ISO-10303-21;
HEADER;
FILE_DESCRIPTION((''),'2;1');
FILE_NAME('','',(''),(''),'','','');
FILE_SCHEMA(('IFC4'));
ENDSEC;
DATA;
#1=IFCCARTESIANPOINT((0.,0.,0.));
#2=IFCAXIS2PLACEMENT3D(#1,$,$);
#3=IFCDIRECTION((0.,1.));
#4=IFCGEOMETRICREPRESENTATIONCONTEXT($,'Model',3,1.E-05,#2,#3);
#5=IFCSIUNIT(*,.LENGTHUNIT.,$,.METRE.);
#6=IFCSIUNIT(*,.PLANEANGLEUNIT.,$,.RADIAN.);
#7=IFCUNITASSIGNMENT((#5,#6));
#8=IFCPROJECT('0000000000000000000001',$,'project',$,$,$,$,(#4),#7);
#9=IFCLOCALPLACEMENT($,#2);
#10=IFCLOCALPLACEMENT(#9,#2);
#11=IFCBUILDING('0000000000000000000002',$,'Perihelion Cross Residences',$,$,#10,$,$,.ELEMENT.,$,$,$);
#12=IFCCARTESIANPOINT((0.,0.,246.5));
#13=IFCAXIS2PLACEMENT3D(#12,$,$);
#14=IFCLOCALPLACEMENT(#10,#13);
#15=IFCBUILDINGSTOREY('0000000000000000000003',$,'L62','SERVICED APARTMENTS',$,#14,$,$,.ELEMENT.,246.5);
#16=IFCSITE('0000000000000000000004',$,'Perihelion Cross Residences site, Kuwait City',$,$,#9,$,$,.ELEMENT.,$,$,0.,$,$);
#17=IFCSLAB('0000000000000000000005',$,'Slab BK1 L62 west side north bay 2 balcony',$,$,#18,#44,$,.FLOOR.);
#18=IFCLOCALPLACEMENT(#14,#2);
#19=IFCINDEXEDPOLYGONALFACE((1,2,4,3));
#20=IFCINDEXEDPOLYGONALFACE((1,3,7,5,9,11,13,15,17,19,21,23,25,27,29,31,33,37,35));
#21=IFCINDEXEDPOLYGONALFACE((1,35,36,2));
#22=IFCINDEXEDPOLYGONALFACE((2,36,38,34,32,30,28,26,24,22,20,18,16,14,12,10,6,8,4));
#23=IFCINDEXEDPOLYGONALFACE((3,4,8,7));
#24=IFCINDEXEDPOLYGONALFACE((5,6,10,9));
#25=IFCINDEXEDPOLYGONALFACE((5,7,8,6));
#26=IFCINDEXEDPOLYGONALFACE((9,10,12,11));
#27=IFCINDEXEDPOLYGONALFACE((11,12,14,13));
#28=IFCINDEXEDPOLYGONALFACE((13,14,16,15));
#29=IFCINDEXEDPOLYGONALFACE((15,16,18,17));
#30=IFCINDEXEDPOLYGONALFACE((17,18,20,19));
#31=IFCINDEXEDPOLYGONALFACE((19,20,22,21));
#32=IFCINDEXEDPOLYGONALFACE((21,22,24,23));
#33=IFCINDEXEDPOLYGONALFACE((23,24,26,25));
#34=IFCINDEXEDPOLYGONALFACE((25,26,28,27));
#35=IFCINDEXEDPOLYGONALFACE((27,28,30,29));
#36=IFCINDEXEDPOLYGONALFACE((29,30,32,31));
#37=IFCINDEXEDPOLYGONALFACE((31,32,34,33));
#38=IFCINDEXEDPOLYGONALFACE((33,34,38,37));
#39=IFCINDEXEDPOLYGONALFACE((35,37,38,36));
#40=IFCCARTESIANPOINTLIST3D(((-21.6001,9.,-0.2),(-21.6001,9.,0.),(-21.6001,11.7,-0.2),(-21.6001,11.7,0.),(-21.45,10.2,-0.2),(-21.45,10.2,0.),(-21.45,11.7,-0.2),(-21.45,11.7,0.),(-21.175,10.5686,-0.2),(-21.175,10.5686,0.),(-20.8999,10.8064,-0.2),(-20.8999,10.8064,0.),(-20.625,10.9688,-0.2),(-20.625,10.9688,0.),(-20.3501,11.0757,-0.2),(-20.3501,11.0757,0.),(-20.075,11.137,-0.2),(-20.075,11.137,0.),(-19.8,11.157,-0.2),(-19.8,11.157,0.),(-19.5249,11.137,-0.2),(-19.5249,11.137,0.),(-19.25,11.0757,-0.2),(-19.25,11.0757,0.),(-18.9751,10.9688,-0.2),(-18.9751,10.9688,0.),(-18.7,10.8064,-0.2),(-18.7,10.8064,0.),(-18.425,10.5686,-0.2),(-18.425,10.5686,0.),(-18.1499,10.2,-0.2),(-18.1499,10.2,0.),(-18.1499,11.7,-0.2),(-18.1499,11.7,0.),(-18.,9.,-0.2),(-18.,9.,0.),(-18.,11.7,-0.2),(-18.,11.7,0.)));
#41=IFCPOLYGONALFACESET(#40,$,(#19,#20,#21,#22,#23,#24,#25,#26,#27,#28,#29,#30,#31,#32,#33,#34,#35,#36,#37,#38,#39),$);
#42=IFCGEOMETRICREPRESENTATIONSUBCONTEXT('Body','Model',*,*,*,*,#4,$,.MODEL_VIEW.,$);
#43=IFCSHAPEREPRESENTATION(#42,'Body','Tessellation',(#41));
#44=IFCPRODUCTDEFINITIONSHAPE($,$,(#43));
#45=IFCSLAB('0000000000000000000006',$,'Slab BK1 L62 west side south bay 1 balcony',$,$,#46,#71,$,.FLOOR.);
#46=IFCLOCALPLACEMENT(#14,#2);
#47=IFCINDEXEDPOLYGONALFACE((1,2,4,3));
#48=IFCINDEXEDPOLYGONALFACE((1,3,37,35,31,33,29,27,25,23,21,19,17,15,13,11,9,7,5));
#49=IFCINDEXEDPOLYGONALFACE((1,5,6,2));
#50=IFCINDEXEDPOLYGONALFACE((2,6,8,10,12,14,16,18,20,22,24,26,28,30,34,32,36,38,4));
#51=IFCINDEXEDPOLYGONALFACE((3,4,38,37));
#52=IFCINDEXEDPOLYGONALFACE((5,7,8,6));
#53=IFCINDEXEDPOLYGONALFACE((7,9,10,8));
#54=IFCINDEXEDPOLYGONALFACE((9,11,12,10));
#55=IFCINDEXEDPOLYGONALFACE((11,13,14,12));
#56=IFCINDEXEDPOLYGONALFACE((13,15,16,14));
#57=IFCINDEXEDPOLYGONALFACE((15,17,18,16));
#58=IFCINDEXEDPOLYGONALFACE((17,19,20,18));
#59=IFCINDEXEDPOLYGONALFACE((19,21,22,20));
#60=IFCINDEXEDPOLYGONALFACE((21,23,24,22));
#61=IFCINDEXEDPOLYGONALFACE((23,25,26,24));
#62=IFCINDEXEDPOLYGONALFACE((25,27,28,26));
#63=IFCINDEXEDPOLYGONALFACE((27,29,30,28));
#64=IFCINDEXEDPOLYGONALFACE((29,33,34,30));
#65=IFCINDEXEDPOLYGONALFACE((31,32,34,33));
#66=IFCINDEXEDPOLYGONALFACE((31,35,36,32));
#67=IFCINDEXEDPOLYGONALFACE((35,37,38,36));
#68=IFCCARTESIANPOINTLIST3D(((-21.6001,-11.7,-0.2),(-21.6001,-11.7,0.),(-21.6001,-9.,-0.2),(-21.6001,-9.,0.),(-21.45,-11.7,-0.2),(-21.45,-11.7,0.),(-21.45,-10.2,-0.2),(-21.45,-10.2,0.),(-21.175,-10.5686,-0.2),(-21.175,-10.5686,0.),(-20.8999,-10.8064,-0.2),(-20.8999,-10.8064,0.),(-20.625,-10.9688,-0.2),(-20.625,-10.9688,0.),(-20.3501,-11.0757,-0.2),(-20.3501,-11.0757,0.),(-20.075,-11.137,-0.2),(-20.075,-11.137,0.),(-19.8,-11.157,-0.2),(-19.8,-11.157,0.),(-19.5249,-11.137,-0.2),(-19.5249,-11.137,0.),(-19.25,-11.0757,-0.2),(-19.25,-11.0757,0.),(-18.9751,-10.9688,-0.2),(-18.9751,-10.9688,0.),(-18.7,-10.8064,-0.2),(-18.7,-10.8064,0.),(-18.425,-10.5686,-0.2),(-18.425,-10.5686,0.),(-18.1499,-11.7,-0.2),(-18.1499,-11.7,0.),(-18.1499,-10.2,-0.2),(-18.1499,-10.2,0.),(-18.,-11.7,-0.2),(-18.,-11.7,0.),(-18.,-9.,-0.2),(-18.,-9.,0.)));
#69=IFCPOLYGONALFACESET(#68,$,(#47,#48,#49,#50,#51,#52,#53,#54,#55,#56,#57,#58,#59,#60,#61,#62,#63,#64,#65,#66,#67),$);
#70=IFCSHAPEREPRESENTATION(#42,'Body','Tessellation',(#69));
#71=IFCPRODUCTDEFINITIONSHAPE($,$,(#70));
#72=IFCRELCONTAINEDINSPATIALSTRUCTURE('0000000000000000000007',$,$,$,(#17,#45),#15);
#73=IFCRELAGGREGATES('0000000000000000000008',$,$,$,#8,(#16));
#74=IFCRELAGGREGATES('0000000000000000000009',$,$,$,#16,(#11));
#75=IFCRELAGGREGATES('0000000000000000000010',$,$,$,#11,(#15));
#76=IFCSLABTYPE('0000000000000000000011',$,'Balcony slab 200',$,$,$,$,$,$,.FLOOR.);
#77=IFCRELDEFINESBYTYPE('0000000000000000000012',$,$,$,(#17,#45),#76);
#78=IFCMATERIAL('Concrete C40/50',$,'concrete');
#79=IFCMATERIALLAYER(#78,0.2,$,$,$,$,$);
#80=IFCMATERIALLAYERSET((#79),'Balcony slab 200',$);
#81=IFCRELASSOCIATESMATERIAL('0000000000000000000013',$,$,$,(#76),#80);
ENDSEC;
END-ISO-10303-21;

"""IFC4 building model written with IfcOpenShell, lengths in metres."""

from ifc_helpers import new_model, si_unit, direction, frame, origin, place, context, subcontext, project, spatial, polyline, outline, extrude, material, layer, layer_set, type_object, element, save


model = new_model("IFC4")

# Units and contexts
model_context = context("Model", 3, precision=1e-05, world=origin(), true_north=direction((0.0, 1.0)))
body_context = subcontext(model_context, "Body", "Model", "MODEL_VIEW")
ifc_project = project(units=[si_unit("LENGTHUNIT", "METRE"), si_unit("PLANEANGLEUNIT", "RADIAN")], contexts=[model_context])

# Site, building, storey
site_placement = place(None, origin())
site = spatial("IfcSite", under=ifc_project, at=site_placement, Name="Perihelion Cross Residences site, Kuwait City", CompositionType="ELEMENT", RefElevation=0.0)
building_placement = place(site_placement, origin())
building = spatial("IfcBuilding", under=site, at=building_placement, Name="Perihelion Cross Residences", CompositionType="ELEMENT")
storey_placement = place(building_placement, frame((0.0, 0.0, 246.5)))
storey = spatial("IfcBuildingStorey", under=building, at=storey_placement, Name="L62", Description="SERVICED APARTMENTS", CompositionType="ELEMENT", Elevation=246.5)

# Slabs
ifc_material_1 = material(Name="Concrete C40/50", Category="concrete")
ifc_layer_1 = layer(ifc_material_1, 0.2)
ifc_layer_set_1 = layer_set([ifc_layer_1], Name="Balcony slab 200")
slab_type_1 = type_object("IfcSlabType", Name="Balcony slab 200", PredefinedType="FLOOR", material=ifc_layer_set_1)
slab_1_placement = place(storey_placement, frame((0.0, 0.0, -0.2)))
element("IfcSlab", 1, at=slab_1_placement, inside=storey, type_object=slab_type_1, Name="Slab BK1 L62 west side north bay 2 balcony", PredefinedType="FLOOR", context=body_context, shape_type="SweptSolid", body=[
    extrude(outline(polyline([(-18.0, 9.0), (-21.6001, 9.0), (-21.6001, 11.7), (-21.45, 11.7), (-21.45, 10.2), (-21.175, 10.5686), (-20.8999, 10.8064), (-20.625, 10.9688), (-20.3501, 11.0757), (-20.075, 11.137), (-19.8, 11.157), (-19.5249, 11.137), (-19.25, 11.0757), (-18.9751, 10.9688), (-18.7, 10.8064), (-18.425, 10.5686), (-18.1499, 10.2), (-18.1499, 11.7), (-18.0, 11.7), (-18.0, 9.0)])), origin(), (0.0, 0.0, 1.0), 0.2),
])
slab_2_placement = place(storey_placement, frame((0.0, 0.0, -0.2)))
element("IfcSlab", 2, at=slab_2_placement, inside=storey, type_object=slab_type_1, Name="Slab BK1 L62 west side south bay 1 balcony", PredefinedType="FLOOR", context=body_context, shape_type="SweptSolid", body=[
    extrude(outline(polyline([(-21.6001, -9.0), (-18.0, -9.0), (-18.0, -11.7), (-18.1499, -11.7), (-18.1499, -10.2), (-18.425, -10.5686), (-18.7, -10.8064), (-18.9751, -10.9688), (-19.25, -11.0757), (-19.5249, -11.137), (-19.8, -11.157), (-20.075, -11.137), (-20.3501, -11.0757), (-20.625, -10.9688), (-20.8999, -10.8064), (-21.175, -10.5686), (-21.45, -10.2), (-21.45, -11.7), (-21.6001, -11.7), (-21.6001, -9.0)])), origin(), (0.0, 0.0, 1.0), 0.2),
])

save(model, "model.ifc")
